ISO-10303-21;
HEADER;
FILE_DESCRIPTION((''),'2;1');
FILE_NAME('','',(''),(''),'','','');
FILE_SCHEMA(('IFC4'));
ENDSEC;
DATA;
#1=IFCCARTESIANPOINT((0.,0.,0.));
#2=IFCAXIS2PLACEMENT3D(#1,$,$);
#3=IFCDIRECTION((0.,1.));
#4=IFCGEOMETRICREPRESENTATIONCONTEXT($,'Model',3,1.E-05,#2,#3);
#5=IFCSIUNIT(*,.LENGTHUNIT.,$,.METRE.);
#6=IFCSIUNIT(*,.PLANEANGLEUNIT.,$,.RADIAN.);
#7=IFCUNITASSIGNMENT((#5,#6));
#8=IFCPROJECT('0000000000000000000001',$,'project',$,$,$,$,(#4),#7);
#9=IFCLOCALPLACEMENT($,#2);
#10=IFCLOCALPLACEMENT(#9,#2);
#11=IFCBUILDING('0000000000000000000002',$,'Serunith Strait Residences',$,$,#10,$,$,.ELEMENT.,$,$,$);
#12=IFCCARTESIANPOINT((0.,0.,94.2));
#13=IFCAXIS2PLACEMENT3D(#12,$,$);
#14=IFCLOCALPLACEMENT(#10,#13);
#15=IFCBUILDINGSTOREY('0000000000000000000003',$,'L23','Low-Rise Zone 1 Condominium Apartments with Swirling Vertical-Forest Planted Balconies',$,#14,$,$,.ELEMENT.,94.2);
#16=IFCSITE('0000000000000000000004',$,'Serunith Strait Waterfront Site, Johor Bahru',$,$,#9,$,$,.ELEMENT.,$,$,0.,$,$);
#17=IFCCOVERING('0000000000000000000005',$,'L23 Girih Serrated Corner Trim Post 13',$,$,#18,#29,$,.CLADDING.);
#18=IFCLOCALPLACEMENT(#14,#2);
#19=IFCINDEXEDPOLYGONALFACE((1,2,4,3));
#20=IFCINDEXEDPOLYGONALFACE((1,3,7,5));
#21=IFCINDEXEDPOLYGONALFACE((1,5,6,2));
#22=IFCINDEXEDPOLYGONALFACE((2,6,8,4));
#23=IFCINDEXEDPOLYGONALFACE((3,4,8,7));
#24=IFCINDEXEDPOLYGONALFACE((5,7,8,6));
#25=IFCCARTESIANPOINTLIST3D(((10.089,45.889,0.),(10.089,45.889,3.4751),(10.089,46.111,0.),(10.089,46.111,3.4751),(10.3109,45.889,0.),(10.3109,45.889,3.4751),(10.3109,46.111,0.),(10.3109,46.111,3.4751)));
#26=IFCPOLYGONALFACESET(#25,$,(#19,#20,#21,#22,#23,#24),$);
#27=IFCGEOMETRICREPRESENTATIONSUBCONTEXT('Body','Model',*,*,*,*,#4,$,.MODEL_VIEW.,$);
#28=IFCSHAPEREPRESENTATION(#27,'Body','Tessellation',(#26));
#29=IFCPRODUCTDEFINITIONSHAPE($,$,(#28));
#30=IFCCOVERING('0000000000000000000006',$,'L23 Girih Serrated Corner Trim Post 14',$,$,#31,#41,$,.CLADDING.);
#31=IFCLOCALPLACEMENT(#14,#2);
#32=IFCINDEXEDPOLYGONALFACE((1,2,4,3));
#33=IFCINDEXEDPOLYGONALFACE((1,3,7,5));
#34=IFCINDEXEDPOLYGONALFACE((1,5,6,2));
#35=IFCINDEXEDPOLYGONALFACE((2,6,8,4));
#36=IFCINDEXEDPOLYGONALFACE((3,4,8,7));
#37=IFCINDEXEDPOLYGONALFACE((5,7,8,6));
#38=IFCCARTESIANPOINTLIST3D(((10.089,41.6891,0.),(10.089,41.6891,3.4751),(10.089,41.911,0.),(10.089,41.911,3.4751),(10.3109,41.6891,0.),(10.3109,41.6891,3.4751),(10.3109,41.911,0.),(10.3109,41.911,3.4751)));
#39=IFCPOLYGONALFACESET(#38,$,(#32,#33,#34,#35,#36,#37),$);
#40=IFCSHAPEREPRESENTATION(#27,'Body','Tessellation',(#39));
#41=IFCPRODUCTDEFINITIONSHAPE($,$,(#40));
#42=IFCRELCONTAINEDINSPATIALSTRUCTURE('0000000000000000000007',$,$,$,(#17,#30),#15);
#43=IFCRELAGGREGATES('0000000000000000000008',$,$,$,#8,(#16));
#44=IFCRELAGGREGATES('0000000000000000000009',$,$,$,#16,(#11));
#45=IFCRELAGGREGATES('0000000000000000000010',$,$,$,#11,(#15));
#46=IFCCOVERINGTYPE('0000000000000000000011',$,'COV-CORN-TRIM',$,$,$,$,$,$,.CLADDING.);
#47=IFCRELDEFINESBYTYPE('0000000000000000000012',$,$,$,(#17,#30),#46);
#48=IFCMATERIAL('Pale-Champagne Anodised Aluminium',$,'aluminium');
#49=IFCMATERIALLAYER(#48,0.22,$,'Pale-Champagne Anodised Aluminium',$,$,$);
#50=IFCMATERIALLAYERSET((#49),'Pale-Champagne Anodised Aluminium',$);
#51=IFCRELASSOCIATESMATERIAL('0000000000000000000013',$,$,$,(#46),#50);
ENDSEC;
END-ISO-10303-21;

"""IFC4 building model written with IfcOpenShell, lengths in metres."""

from ifc_helpers import new_model, si_unit, direction, frame, origin, origin_2d, place, context, subcontext, project, spatial, rectangle, extrude, source, transform, mapped, material, layer, layer_set, type_object, element, save


model = new_model("IFC4")

# Units and contexts
model_context = context("Model", 3, precision=1e-05, world=origin(), true_north=direction((0.0, 1.0)))
body_context = subcontext(model_context, "Body", "Model", "MODEL_VIEW")
ifc_project = project(units=[si_unit("LENGTHUNIT", "METRE"), si_unit("PLANEANGLEUNIT", "RADIAN")], contexts=[model_context])

# Site, building, storey
site_placement = place(None, origin())
site = spatial("IfcSite", under=ifc_project, at=site_placement, Name="Serunith Strait Waterfront Site, Johor Bahru", CompositionType="ELEMENT", RefElevation=0.0)
building_placement = place(site_placement, origin())
building = spatial("IfcBuilding", under=site, at=building_placement, Name="Serunith Strait Residences", CompositionType="ELEMENT")
storey_placement = place(building_placement, frame((0.0, 0.0, 94.2)))
storey = spatial("IfcBuildingStorey", under=building, at=storey_placement, Name="L23", Description="Low-Rise Zone 1 Condominium Apartments with Swirling Vertical-Forest Planted Balconies", CompositionType="ELEMENT", Elevation=94.2)

# Shared definitions
ifc_material_1 = material(Name="Pale-Champagne Anodised Aluminium", Category="aluminium")

# Coverings
ifc_layer_1 = layer(ifc_material_1, 0.22, Name="Pale-Champagne Anodised Aluminium")
ifc_layer_set_1 = layer_set([ifc_layer_1], Name="Pale-Champagne Anodised Aluminium")
covering_type = type_object("IfcCoveringType", Name="COV-CORN-TRIM", PredefinedType="CLADDING", material=ifc_layer_set_1)
shared_shape_1 = source(origin(), body_context, "Body", "SweptSolid", [
    extrude(rectangle(XDim=0.2219, YDim=0.2219, at=origin_2d()), origin(), (0.0, 0.0, 1.0), 3.4751),
])
for number, where, z_axis, x_axis, name in (
    (1, (10.2, 46.0, 0.0), (0.0, 0.0, 1.0), (1.0, 0.0, 0.0), "L23 Girih Serrated Corner Trim Post 13"),
    (2, (10.2, 41.8, 0.0), (0.0, 0.0, 1.0), (1.0, 0.0, 0.0), "L23 Girih Serrated Corner Trim Post 14"),
):
    element("IfcCovering", number, at=place(storey_placement, frame(where, z_axis=z_axis, x_axis=x_axis)), inside=storey, type_object=covering_type, Name=name, PredefinedType="CLADDING", context=body_context, shape_type="MappedRepresentation", body=[
        mapped(shared_shape_1, transform((0.0, 0.0, 0.0), scale=1.0)),
    ])

save(model, "model.ifc")
